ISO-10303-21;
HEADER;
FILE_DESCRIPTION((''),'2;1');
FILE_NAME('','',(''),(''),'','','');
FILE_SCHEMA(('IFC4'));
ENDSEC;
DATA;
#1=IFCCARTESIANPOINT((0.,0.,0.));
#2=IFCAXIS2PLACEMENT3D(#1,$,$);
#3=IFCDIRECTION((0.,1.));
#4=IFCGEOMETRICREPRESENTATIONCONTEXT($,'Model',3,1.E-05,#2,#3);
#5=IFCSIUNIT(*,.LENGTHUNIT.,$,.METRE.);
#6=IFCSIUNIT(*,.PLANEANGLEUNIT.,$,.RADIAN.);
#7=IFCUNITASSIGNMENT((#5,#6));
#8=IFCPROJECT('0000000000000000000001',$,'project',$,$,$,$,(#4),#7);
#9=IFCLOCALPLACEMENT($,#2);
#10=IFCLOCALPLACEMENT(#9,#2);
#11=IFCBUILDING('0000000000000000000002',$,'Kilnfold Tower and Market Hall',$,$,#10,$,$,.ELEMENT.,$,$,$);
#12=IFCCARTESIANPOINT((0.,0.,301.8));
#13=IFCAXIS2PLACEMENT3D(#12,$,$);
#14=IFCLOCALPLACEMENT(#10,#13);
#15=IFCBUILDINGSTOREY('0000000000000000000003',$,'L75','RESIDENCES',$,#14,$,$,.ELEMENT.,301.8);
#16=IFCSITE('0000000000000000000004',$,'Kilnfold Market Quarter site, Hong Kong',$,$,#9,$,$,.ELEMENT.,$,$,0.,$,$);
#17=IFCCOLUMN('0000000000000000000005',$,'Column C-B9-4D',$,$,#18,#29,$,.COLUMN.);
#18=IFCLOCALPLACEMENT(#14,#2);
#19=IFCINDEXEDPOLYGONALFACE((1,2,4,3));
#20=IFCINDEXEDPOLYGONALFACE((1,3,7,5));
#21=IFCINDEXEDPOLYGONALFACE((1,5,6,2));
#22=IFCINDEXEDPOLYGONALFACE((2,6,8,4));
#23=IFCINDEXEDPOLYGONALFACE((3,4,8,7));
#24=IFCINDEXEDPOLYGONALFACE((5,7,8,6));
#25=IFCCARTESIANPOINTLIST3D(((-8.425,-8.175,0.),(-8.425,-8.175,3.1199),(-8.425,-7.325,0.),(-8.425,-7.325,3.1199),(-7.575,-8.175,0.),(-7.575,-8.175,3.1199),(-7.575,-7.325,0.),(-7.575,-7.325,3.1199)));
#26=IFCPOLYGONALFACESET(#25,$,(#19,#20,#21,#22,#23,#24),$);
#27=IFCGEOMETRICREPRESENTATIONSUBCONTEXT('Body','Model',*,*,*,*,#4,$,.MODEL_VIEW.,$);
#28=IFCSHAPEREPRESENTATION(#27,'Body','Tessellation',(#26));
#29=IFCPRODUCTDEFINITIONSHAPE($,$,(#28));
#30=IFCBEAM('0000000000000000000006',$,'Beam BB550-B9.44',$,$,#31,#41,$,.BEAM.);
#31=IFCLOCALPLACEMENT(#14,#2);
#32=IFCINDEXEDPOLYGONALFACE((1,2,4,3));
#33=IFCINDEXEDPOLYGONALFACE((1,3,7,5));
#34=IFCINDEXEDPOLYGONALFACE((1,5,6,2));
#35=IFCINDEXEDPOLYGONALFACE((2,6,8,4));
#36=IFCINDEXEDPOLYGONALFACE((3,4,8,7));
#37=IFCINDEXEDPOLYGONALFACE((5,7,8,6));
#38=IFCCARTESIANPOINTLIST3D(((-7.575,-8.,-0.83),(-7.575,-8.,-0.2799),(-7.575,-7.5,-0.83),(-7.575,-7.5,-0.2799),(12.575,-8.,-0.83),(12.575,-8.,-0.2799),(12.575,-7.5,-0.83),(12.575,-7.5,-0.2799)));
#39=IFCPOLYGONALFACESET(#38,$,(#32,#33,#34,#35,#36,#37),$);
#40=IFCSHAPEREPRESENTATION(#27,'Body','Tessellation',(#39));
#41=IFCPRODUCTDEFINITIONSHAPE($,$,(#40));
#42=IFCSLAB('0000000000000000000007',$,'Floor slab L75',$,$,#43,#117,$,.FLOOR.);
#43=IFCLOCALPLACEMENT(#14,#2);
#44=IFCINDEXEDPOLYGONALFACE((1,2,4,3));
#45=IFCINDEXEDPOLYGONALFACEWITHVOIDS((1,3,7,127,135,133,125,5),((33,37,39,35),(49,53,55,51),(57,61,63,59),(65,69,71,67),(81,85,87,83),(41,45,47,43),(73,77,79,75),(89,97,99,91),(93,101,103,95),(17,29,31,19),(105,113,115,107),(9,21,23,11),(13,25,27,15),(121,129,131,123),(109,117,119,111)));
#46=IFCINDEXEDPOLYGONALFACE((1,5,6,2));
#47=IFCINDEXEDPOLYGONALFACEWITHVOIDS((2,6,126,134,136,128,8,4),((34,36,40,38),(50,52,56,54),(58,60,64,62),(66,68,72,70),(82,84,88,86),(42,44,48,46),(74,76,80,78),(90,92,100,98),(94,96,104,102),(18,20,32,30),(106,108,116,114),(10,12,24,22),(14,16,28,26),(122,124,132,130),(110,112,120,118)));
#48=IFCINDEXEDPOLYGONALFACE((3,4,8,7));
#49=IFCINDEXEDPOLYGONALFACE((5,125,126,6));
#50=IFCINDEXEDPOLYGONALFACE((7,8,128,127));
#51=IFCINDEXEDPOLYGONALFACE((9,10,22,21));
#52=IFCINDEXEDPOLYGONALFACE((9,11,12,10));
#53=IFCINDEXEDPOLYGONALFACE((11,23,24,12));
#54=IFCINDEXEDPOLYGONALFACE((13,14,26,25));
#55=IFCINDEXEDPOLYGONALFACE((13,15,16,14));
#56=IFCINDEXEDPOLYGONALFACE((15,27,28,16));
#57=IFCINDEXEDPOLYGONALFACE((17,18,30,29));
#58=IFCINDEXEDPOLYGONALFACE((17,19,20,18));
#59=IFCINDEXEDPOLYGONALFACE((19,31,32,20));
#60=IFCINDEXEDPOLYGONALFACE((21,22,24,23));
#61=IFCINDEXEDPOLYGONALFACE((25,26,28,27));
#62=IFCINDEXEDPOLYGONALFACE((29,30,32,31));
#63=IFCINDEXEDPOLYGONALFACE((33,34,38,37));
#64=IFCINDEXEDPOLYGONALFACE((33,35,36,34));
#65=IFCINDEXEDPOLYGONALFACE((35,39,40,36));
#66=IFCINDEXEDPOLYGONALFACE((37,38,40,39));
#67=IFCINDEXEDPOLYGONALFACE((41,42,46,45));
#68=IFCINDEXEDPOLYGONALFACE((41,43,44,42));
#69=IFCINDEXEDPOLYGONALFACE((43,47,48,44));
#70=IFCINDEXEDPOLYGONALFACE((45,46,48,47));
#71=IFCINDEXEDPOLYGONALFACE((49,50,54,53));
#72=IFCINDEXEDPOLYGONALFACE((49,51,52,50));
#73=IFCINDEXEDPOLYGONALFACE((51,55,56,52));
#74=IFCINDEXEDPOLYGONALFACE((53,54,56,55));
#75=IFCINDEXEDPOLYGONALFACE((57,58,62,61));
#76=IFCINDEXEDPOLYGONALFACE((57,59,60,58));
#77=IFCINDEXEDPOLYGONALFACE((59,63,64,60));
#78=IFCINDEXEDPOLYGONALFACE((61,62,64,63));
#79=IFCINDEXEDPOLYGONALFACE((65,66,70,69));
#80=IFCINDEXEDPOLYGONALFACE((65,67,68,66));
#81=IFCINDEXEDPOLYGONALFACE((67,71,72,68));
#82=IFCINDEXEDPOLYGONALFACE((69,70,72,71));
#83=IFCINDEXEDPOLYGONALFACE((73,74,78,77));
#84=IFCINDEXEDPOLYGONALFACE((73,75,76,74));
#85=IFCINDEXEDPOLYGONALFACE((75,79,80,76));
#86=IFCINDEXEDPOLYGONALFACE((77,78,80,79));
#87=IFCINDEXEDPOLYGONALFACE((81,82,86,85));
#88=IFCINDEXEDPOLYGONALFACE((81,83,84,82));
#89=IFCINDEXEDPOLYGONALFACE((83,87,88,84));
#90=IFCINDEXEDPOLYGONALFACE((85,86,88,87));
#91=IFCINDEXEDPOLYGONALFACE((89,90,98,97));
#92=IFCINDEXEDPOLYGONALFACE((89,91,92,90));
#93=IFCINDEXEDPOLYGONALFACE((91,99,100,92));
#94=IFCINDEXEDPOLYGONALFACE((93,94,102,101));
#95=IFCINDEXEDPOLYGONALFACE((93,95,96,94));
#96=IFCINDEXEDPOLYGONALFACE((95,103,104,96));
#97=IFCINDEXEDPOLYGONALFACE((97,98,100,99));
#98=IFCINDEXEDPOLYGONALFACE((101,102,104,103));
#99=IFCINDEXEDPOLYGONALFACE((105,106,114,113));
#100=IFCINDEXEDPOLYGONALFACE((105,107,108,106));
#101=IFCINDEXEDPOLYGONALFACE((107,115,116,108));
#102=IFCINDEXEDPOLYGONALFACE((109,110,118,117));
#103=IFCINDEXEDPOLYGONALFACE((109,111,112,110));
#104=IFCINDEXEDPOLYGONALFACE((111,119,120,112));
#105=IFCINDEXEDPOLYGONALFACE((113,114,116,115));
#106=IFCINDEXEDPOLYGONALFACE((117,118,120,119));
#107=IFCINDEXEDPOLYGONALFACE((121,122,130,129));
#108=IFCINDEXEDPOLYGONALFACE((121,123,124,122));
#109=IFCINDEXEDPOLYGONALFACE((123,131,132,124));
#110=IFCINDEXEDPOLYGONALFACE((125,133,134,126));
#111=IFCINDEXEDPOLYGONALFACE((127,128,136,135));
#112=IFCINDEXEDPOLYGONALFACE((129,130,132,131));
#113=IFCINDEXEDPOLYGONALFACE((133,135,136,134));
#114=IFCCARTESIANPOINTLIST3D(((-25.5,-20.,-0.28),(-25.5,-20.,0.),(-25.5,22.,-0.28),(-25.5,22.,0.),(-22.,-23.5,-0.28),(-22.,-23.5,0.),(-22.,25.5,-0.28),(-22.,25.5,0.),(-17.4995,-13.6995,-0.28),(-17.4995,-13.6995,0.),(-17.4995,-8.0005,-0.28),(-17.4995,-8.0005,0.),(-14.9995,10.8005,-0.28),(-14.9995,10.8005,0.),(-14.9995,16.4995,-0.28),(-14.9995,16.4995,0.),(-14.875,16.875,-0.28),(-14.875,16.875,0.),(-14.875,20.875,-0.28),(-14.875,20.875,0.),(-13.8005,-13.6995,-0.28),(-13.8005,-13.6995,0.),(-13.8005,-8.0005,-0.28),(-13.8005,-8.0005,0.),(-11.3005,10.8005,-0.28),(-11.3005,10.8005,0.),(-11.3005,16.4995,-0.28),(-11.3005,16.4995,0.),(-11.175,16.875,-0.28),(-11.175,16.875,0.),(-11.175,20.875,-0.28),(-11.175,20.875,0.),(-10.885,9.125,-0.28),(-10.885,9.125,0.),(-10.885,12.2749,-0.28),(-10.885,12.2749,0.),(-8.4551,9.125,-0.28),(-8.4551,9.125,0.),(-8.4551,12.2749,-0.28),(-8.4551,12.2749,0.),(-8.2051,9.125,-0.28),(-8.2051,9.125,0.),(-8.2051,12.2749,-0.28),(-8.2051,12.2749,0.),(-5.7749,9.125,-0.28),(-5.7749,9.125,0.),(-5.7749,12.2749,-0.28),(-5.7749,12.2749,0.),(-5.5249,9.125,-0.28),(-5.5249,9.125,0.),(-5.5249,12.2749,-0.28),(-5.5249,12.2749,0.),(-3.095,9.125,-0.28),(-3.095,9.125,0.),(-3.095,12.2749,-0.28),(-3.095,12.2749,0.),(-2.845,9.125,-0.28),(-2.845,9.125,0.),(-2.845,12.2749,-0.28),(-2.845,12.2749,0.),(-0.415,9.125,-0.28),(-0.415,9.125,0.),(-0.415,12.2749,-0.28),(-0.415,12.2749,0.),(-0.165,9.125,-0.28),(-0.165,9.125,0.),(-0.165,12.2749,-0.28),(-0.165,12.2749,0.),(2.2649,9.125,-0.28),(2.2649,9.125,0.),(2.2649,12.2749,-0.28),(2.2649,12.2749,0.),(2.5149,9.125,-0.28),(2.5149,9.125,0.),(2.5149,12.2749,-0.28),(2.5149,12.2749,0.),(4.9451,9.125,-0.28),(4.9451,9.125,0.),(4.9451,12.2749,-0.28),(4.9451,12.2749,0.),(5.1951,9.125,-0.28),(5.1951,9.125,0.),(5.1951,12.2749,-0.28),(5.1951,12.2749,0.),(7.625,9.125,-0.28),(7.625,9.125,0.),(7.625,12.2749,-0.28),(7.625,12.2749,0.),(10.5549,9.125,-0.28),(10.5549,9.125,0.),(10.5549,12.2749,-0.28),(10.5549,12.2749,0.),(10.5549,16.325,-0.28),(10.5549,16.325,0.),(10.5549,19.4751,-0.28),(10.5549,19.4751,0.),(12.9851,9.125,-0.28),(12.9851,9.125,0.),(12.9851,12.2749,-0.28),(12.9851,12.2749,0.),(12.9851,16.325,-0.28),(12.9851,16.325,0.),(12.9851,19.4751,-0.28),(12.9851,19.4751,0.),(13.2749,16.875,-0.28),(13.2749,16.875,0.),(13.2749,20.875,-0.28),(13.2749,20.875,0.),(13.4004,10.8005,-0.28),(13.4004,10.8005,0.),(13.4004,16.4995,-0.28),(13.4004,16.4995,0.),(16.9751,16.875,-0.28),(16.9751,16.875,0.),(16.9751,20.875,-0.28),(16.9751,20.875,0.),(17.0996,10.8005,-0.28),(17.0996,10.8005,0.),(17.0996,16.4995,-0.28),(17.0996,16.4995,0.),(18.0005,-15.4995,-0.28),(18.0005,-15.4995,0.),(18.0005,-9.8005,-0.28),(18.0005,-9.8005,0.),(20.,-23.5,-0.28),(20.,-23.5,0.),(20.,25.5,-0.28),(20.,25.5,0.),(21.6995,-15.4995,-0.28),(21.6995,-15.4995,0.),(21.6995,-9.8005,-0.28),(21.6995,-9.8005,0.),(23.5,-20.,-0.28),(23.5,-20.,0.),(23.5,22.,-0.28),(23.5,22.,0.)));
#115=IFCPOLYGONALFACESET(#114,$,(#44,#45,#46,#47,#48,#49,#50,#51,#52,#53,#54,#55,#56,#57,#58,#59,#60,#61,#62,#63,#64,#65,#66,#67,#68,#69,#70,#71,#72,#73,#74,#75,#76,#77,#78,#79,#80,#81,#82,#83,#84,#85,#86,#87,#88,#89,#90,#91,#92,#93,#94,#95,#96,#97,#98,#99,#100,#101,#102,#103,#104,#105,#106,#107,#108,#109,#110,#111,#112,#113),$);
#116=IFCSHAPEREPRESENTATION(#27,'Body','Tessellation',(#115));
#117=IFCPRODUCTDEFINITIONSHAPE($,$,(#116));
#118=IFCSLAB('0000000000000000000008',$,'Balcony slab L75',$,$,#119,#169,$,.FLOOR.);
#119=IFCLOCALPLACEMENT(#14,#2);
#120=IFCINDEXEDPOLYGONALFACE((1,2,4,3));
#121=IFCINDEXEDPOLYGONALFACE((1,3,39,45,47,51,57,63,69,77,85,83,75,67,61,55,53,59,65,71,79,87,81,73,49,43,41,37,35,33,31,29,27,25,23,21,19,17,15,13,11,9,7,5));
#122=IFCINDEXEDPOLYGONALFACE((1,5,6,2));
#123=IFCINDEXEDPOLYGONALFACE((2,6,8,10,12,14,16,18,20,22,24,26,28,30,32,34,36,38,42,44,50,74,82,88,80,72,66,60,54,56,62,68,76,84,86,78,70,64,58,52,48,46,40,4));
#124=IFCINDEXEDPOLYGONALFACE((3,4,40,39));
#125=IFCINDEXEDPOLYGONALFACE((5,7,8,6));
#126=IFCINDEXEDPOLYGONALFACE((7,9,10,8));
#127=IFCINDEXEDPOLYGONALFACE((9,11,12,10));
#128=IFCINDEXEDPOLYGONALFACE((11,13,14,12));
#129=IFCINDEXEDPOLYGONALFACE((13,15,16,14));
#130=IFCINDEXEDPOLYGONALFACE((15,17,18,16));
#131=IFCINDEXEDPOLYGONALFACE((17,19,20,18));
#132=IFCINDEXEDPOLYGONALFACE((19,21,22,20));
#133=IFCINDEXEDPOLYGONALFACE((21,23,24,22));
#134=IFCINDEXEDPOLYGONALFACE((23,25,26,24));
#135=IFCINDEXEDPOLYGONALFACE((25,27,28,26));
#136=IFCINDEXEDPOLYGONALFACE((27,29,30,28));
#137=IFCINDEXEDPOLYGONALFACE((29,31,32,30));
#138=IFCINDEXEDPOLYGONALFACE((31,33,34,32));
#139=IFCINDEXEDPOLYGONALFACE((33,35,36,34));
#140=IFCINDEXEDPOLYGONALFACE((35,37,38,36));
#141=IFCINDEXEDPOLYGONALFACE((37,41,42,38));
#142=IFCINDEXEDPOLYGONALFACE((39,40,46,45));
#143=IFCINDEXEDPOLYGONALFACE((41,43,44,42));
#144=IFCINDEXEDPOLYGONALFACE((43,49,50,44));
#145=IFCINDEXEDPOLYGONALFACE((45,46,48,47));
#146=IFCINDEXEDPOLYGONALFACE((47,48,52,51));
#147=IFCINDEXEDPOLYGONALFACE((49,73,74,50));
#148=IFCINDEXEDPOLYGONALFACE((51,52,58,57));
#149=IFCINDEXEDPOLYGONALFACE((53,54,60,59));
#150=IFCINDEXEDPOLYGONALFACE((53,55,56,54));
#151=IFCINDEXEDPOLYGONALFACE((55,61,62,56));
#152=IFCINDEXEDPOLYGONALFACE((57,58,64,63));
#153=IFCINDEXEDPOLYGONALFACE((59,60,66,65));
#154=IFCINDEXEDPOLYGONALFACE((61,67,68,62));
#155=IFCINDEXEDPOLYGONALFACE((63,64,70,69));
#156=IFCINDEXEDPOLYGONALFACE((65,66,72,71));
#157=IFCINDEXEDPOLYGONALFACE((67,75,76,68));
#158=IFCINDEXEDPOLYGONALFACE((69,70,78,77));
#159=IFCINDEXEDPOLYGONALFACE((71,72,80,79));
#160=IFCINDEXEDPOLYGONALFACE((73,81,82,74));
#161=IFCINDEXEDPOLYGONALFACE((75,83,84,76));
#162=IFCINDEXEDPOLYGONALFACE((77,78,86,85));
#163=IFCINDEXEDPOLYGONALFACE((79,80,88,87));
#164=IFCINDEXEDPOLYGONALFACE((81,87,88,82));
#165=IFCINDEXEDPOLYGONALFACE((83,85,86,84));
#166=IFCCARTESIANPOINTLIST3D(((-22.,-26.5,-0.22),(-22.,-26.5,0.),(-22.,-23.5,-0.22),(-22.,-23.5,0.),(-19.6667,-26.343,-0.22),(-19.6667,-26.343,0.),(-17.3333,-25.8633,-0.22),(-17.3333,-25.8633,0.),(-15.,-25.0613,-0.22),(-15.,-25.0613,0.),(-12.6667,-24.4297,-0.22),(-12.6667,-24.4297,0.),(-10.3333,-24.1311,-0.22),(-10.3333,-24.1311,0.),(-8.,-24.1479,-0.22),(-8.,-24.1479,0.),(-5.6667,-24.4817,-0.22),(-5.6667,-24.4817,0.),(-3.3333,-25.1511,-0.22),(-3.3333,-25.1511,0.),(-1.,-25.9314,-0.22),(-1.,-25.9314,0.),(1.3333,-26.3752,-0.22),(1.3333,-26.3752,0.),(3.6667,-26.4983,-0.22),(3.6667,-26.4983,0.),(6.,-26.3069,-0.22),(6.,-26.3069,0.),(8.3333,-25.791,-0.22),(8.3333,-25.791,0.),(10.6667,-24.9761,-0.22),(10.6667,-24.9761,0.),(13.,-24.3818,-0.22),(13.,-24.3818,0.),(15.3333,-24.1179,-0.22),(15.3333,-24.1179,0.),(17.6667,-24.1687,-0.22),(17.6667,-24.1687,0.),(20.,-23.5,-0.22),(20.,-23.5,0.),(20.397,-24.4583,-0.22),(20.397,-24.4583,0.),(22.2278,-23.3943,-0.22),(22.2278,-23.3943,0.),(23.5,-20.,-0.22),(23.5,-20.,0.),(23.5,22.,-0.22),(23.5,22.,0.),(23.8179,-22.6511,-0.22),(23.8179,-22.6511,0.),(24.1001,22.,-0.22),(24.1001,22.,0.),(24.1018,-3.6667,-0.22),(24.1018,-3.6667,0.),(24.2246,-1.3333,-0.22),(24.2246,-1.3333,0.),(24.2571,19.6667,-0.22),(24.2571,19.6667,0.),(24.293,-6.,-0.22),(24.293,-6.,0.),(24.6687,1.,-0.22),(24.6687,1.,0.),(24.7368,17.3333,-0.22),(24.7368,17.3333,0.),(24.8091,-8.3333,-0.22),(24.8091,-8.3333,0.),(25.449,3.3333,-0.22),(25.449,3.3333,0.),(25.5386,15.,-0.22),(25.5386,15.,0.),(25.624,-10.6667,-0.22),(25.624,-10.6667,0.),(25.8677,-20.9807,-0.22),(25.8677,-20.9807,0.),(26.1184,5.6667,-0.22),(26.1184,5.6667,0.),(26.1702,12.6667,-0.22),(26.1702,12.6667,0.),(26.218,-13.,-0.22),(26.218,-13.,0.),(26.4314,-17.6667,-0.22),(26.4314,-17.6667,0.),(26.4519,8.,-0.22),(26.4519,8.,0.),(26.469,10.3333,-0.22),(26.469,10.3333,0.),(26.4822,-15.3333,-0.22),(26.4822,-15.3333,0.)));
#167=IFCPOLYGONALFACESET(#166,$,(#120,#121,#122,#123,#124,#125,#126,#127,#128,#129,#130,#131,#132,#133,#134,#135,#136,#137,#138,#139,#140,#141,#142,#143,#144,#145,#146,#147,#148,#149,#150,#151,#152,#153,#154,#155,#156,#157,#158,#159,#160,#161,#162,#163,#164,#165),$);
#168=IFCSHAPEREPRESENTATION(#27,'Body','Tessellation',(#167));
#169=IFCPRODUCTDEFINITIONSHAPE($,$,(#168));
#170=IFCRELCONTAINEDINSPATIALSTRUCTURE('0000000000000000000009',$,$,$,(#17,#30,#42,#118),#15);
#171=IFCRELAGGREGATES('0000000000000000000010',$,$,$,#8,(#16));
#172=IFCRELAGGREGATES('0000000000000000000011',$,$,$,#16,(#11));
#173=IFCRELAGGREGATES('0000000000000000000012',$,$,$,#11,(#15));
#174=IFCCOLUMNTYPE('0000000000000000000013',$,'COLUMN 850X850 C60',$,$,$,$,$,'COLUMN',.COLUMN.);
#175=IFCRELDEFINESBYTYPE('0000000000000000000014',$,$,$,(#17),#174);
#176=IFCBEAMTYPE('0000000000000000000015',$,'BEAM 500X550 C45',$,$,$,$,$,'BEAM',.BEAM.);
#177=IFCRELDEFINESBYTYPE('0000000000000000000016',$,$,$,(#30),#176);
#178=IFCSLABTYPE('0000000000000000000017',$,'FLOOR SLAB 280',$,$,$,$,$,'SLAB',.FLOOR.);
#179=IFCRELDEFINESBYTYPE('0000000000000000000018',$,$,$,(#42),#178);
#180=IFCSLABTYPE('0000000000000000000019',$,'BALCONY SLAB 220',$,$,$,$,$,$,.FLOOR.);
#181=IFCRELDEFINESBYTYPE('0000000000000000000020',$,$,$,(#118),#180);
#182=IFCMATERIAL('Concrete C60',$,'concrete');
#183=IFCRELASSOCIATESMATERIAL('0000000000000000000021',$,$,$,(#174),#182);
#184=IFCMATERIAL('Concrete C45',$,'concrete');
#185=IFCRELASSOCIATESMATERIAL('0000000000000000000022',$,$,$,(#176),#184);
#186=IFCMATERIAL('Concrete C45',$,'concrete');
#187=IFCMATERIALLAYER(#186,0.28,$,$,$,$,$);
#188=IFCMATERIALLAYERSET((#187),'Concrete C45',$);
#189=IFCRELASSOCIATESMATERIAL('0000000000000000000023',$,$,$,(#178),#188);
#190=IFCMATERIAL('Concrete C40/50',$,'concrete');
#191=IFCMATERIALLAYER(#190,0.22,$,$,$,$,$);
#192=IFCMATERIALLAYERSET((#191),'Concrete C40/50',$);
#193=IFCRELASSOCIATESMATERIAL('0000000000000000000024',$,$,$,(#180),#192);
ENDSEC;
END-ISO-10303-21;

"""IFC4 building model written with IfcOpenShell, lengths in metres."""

from ifc_helpers import new_model, si_unit, direction, frame, origin, origin_2d, place, context, subcontext, project, spatial, polyline, rectangle, outline, extrude, source, transform, mapped, material, layer, layer_set, material_profile, profile_set, type_object, element, save


model = new_model("IFC4")

# Units and contexts
model_context = context("Model", 3, precision=1e-05, world=origin(), true_north=direction((0.0, 1.0)))
body_context = subcontext(model_context, "Body", "Model", "MODEL_VIEW")
ifc_project = project(units=[si_unit("LENGTHUNIT", "METRE"), si_unit("PLANEANGLEUNIT", "RADIAN")], contexts=[model_context])

# Site, building, storey
site_placement = place(None, origin())
site = spatial("IfcSite", under=ifc_project, at=site_placement, Name="Kilnfold Market Quarter site, Hong Kong", CompositionType="ELEMENT", RefElevation=0.0)
building_placement = place(site_placement, origin())
building = spatial("IfcBuilding", under=site, at=building_placement, Name="Kilnfold Tower and Market Hall", CompositionType="ELEMENT")
storey_placement = place(building_placement, frame((0.0, 0.0, 301.8)))
storey = spatial("IfcBuildingStorey", under=building, at=storey_placement, Name="L75", Description="RESIDENCES", CompositionType="ELEMENT", Elevation=301.8)

# Column
ifc_material_1 = material(Name="Concrete C60", Category="concrete")
ifc_material_profile_1 = material_profile(ifc_material_1, rectangle(XDim=0.8501, YDim=0.8501, at=origin_2d()), Name="RC 850x850")
ifc_profile_set_1 = profile_set([ifc_material_profile_1], Name="Concrete C60")
column_type = type_object("IfcColumnType", Name="COLUMN 850X850 C60", ElementType="COLUMN", PredefinedType="COLUMN", material=ifc_profile_set_1)
shared_shape_1 = source(origin(), body_context, "Body", "SweptSolid", [
    extrude(rectangle(XDim=0.8501, YDim=0.8501, at=origin_2d()), origin(), (0.0, 0.0, 1.0), 3.1199),
])
column_placement = place(storey_placement, frame((-8.0, -7.75, 0.0), z_axis=(0.0, 0.0, 1.0), x_axis=(1.0, 0.0, 0.0)))
element("IfcColumn", 1, at=column_placement, inside=storey, type_object=column_type, Name="Column C-B9-4D", PredefinedType="COLUMN", context=body_context, shape_type="MappedRepresentation", body=[
    mapped(shared_shape_1, transform((0.0, 0.0, 0.0))),
])

# Beam
ifc_material_2 = material(Name="Concrete C45", Category="concrete")
ifc_material_profile_2 = material_profile(ifc_material_2, rectangle(XDim=0.5, YDim=0.55, at=origin_2d()), Name="RC 500x550")
ifc_profile_set_2 = profile_set([ifc_material_profile_2], Name="Concrete C45")
beam_type = type_object("IfcBeamType", Name="BEAM 500X550 C45", ElementType="BEAM", PredefinedType="BEAM", material=ifc_profile_set_2)
shared_shape_2 = source(origin(), body_context, "Body", "SweptSolid", [
    extrude(rectangle(XDim=0.5, YDim=0.55, at=origin_2d()), origin(), (0.0, 0.0, 1.0), 20.1499),
])
beam_placement = place(storey_placement, frame((-7.575, -7.75, -0.5549), z_axis=(1.0, 0.0, 0.0), x_axis=(0.0, 1.0, 0.0)))
element("IfcBeam", 2, at=beam_placement, inside=storey, type_object=beam_type, Name="Beam BB550-B9.44", PredefinedType="BEAM", context=body_context, shape_type="MappedRepresentation", body=[
    mapped(shared_shape_2, transform((0.0, 0.0, 0.0))),
])

# Slabs
ifc_material_3 = material(Name="Concrete C45", Category="concrete")
ifc_layer_1 = layer(ifc_material_3, 0.28)
ifc_layer_set_1 = layer_set([ifc_layer_1], Name="Concrete C45")
slab_type_1 = type_object("IfcSlabType", Name="FLOOR SLAB 280", ElementType="SLAB", PredefinedType="FLOOR", material=ifc_layer_set_1)
shared_shape_3 = source(origin(), body_context, "Body", "SweptSolid", [
    extrude(outline(polyline([(-22.0, -23.5), (20.0, -23.5), (23.5, -20.0), (23.5, 22.0), (20.0, 25.5), (-22.0, 25.5), (-25.5, 22.0), (-25.5, -20.0), (-22.0, -23.5)]), holes=[polyline([(-13.8005, -8.0005), (-13.8005, -13.6995), (-17.4995, -13.6995), (-17.4995, -8.0005), (-13.8005, -8.0005)]), polyline([(-11.3005, 10.8005), (-14.9995, 10.8005), (-14.9995, 16.4995), (-11.3005, 16.4995), (-11.3005, 10.8005)]), polyline([(-11.175, 16.875), (-14.875, 16.875), (-14.875, 20.875), (-11.175, 20.875), (-11.175, 16.875)]), polyline([(-8.4551, 9.125), (-10.885, 9.125), (-10.885, 12.2749), (-8.4551, 12.2749), (-8.4551, 9.125)]), polyline([(-5.7749, 9.125), (-8.2051, 9.125), (-8.2051, 12.2749), (-5.7749, 12.2749), (-5.7749, 9.125)]), polyline([(-3.095, 9.125), (-5.5249, 9.125), (-5.5249, 12.2749), (-3.095, 12.2749), (-3.095, 9.125)]), polyline([(-0.415, 9.125), (-2.845, 9.125), (-2.845, 12.2749), (-0.415, 12.2749), (-0.415, 9.125)]), polyline([(2.2649, 9.125), (-0.165, 9.125), (-0.165, 12.2749), (2.2649, 12.2749), (2.2649, 9.125)]), polyline([(4.9451, 9.125), (2.5149, 9.125), (2.5149, 12.2749), (4.9451, 12.2749), (4.9451, 9.125)]), polyline([(7.625, 9.125), (5.1951, 9.125), (5.1951, 12.2749), (7.625, 12.2749), (7.625, 9.125)]), polyline([(12.9851, 9.125), (10.5549, 9.125), (10.5549, 12.2749), (12.9851, 12.2749), (12.9851, 9.125)]), polyline([(12.9851, 16.325), (10.5549, 16.325), (10.5549, 19.4751), (12.9851, 19.4751), (12.9851, 16.325)]), polyline([(16.9751, 16.875), (13.2749, 16.875), (13.2749, 20.875), (16.9751, 20.875), (16.9751, 16.875)]), polyline([(17.0996, 10.8005), (13.4004, 10.8005), (13.4004, 16.4995), (17.0996, 16.4995), (17.0996, 10.8005)]), polyline([(18.0005, -9.8005), (21.6995, -9.8005), (21.6995, -15.4995), (18.0005, -15.4995), (18.0005, -9.8005)])]), origin(), (0.0, 0.0, 1.0), 0.28),
])
slab_1_placement = place(storey_placement, frame((0.0, 0.0, -0.28)))
element("IfcSlab", 3, at=slab_1_placement, inside=storey, type_object=slab_type_1, Name="Floor slab L75", PredefinedType="FLOOR", context=body_context, shape_type="MappedRepresentation", body=[
    mapped(shared_shape_3, transform((0.0, 0.0, 0.0))),
])
ifc_material_4 = material(Name="Concrete C40/50", Category="concrete")
ifc_layer_2 = layer(ifc_material_4, 0.22)
ifc_layer_set_2 = layer_set([ifc_layer_2], Name="Concrete C40/50")
slab_type_2 = type_object("IfcSlabType", Name="BALCONY SLAB 220", PredefinedType="FLOOR", material=ifc_layer_set_2)
shared_shape_4 = source(origin(), body_context, "Body", "SweptSolid", [
    extrude(outline(polyline([(-22.0, -23.5), (20.0, -23.5), (23.5, -20.0), (23.5, 22.0), (24.1001, 22.0), (24.2571, 19.6667), (24.7368, 17.3333), (25.5386, 15.0), (26.1702, 12.6667), (26.469, 10.3333), (26.4519, 8.0), (26.1184, 5.6667), (25.449, 3.3333), (24.6687, 1.0), (24.2246, -1.3333), (24.1018, -3.6667), (24.293, -6.0), (24.8091, -8.3333), (25.624, -10.6667), (26.218, -13.0), (26.4822, -15.3333), (26.4314, -17.6667), (25.8677, -20.9807), (23.8179, -22.6511), (22.2278, -23.3943), (20.397, -24.4583), (17.6667, -24.1687), (15.3333, -24.1179), (13.0, -24.3818), (10.6667, -24.9761), (8.3333, -25.791), (6.0, -26.3069), (3.6667, -26.4983), (1.3333, -26.3752), (-1.0, -25.9314), (-3.3333, -25.1511), (-5.6667, -24.4817), (-8.0, -24.1479), (-10.3333, -24.1311), (-12.6667, -24.4297), (-15.0, -25.0613), (-17.3333, -25.8633), (-19.6667, -26.343), (-22.0, -26.5), (-22.0, -23.5)])), origin(), (0.0, 0.0, 1.0), 0.22),
])
slab_2_placement = place(storey_placement, frame((0.0, 0.0, -0.22)))
element("IfcSlab", 4, at=slab_2_placement, inside=storey, type_object=slab_type_2, Name="Balcony slab L75", PredefinedType="FLOOR", context=body_context, shape_type="MappedRepresentation", body=[
    mapped(shared_shape_4, transform((0.0, 0.0, 0.0))),
])

save(model, "model.ifc")
